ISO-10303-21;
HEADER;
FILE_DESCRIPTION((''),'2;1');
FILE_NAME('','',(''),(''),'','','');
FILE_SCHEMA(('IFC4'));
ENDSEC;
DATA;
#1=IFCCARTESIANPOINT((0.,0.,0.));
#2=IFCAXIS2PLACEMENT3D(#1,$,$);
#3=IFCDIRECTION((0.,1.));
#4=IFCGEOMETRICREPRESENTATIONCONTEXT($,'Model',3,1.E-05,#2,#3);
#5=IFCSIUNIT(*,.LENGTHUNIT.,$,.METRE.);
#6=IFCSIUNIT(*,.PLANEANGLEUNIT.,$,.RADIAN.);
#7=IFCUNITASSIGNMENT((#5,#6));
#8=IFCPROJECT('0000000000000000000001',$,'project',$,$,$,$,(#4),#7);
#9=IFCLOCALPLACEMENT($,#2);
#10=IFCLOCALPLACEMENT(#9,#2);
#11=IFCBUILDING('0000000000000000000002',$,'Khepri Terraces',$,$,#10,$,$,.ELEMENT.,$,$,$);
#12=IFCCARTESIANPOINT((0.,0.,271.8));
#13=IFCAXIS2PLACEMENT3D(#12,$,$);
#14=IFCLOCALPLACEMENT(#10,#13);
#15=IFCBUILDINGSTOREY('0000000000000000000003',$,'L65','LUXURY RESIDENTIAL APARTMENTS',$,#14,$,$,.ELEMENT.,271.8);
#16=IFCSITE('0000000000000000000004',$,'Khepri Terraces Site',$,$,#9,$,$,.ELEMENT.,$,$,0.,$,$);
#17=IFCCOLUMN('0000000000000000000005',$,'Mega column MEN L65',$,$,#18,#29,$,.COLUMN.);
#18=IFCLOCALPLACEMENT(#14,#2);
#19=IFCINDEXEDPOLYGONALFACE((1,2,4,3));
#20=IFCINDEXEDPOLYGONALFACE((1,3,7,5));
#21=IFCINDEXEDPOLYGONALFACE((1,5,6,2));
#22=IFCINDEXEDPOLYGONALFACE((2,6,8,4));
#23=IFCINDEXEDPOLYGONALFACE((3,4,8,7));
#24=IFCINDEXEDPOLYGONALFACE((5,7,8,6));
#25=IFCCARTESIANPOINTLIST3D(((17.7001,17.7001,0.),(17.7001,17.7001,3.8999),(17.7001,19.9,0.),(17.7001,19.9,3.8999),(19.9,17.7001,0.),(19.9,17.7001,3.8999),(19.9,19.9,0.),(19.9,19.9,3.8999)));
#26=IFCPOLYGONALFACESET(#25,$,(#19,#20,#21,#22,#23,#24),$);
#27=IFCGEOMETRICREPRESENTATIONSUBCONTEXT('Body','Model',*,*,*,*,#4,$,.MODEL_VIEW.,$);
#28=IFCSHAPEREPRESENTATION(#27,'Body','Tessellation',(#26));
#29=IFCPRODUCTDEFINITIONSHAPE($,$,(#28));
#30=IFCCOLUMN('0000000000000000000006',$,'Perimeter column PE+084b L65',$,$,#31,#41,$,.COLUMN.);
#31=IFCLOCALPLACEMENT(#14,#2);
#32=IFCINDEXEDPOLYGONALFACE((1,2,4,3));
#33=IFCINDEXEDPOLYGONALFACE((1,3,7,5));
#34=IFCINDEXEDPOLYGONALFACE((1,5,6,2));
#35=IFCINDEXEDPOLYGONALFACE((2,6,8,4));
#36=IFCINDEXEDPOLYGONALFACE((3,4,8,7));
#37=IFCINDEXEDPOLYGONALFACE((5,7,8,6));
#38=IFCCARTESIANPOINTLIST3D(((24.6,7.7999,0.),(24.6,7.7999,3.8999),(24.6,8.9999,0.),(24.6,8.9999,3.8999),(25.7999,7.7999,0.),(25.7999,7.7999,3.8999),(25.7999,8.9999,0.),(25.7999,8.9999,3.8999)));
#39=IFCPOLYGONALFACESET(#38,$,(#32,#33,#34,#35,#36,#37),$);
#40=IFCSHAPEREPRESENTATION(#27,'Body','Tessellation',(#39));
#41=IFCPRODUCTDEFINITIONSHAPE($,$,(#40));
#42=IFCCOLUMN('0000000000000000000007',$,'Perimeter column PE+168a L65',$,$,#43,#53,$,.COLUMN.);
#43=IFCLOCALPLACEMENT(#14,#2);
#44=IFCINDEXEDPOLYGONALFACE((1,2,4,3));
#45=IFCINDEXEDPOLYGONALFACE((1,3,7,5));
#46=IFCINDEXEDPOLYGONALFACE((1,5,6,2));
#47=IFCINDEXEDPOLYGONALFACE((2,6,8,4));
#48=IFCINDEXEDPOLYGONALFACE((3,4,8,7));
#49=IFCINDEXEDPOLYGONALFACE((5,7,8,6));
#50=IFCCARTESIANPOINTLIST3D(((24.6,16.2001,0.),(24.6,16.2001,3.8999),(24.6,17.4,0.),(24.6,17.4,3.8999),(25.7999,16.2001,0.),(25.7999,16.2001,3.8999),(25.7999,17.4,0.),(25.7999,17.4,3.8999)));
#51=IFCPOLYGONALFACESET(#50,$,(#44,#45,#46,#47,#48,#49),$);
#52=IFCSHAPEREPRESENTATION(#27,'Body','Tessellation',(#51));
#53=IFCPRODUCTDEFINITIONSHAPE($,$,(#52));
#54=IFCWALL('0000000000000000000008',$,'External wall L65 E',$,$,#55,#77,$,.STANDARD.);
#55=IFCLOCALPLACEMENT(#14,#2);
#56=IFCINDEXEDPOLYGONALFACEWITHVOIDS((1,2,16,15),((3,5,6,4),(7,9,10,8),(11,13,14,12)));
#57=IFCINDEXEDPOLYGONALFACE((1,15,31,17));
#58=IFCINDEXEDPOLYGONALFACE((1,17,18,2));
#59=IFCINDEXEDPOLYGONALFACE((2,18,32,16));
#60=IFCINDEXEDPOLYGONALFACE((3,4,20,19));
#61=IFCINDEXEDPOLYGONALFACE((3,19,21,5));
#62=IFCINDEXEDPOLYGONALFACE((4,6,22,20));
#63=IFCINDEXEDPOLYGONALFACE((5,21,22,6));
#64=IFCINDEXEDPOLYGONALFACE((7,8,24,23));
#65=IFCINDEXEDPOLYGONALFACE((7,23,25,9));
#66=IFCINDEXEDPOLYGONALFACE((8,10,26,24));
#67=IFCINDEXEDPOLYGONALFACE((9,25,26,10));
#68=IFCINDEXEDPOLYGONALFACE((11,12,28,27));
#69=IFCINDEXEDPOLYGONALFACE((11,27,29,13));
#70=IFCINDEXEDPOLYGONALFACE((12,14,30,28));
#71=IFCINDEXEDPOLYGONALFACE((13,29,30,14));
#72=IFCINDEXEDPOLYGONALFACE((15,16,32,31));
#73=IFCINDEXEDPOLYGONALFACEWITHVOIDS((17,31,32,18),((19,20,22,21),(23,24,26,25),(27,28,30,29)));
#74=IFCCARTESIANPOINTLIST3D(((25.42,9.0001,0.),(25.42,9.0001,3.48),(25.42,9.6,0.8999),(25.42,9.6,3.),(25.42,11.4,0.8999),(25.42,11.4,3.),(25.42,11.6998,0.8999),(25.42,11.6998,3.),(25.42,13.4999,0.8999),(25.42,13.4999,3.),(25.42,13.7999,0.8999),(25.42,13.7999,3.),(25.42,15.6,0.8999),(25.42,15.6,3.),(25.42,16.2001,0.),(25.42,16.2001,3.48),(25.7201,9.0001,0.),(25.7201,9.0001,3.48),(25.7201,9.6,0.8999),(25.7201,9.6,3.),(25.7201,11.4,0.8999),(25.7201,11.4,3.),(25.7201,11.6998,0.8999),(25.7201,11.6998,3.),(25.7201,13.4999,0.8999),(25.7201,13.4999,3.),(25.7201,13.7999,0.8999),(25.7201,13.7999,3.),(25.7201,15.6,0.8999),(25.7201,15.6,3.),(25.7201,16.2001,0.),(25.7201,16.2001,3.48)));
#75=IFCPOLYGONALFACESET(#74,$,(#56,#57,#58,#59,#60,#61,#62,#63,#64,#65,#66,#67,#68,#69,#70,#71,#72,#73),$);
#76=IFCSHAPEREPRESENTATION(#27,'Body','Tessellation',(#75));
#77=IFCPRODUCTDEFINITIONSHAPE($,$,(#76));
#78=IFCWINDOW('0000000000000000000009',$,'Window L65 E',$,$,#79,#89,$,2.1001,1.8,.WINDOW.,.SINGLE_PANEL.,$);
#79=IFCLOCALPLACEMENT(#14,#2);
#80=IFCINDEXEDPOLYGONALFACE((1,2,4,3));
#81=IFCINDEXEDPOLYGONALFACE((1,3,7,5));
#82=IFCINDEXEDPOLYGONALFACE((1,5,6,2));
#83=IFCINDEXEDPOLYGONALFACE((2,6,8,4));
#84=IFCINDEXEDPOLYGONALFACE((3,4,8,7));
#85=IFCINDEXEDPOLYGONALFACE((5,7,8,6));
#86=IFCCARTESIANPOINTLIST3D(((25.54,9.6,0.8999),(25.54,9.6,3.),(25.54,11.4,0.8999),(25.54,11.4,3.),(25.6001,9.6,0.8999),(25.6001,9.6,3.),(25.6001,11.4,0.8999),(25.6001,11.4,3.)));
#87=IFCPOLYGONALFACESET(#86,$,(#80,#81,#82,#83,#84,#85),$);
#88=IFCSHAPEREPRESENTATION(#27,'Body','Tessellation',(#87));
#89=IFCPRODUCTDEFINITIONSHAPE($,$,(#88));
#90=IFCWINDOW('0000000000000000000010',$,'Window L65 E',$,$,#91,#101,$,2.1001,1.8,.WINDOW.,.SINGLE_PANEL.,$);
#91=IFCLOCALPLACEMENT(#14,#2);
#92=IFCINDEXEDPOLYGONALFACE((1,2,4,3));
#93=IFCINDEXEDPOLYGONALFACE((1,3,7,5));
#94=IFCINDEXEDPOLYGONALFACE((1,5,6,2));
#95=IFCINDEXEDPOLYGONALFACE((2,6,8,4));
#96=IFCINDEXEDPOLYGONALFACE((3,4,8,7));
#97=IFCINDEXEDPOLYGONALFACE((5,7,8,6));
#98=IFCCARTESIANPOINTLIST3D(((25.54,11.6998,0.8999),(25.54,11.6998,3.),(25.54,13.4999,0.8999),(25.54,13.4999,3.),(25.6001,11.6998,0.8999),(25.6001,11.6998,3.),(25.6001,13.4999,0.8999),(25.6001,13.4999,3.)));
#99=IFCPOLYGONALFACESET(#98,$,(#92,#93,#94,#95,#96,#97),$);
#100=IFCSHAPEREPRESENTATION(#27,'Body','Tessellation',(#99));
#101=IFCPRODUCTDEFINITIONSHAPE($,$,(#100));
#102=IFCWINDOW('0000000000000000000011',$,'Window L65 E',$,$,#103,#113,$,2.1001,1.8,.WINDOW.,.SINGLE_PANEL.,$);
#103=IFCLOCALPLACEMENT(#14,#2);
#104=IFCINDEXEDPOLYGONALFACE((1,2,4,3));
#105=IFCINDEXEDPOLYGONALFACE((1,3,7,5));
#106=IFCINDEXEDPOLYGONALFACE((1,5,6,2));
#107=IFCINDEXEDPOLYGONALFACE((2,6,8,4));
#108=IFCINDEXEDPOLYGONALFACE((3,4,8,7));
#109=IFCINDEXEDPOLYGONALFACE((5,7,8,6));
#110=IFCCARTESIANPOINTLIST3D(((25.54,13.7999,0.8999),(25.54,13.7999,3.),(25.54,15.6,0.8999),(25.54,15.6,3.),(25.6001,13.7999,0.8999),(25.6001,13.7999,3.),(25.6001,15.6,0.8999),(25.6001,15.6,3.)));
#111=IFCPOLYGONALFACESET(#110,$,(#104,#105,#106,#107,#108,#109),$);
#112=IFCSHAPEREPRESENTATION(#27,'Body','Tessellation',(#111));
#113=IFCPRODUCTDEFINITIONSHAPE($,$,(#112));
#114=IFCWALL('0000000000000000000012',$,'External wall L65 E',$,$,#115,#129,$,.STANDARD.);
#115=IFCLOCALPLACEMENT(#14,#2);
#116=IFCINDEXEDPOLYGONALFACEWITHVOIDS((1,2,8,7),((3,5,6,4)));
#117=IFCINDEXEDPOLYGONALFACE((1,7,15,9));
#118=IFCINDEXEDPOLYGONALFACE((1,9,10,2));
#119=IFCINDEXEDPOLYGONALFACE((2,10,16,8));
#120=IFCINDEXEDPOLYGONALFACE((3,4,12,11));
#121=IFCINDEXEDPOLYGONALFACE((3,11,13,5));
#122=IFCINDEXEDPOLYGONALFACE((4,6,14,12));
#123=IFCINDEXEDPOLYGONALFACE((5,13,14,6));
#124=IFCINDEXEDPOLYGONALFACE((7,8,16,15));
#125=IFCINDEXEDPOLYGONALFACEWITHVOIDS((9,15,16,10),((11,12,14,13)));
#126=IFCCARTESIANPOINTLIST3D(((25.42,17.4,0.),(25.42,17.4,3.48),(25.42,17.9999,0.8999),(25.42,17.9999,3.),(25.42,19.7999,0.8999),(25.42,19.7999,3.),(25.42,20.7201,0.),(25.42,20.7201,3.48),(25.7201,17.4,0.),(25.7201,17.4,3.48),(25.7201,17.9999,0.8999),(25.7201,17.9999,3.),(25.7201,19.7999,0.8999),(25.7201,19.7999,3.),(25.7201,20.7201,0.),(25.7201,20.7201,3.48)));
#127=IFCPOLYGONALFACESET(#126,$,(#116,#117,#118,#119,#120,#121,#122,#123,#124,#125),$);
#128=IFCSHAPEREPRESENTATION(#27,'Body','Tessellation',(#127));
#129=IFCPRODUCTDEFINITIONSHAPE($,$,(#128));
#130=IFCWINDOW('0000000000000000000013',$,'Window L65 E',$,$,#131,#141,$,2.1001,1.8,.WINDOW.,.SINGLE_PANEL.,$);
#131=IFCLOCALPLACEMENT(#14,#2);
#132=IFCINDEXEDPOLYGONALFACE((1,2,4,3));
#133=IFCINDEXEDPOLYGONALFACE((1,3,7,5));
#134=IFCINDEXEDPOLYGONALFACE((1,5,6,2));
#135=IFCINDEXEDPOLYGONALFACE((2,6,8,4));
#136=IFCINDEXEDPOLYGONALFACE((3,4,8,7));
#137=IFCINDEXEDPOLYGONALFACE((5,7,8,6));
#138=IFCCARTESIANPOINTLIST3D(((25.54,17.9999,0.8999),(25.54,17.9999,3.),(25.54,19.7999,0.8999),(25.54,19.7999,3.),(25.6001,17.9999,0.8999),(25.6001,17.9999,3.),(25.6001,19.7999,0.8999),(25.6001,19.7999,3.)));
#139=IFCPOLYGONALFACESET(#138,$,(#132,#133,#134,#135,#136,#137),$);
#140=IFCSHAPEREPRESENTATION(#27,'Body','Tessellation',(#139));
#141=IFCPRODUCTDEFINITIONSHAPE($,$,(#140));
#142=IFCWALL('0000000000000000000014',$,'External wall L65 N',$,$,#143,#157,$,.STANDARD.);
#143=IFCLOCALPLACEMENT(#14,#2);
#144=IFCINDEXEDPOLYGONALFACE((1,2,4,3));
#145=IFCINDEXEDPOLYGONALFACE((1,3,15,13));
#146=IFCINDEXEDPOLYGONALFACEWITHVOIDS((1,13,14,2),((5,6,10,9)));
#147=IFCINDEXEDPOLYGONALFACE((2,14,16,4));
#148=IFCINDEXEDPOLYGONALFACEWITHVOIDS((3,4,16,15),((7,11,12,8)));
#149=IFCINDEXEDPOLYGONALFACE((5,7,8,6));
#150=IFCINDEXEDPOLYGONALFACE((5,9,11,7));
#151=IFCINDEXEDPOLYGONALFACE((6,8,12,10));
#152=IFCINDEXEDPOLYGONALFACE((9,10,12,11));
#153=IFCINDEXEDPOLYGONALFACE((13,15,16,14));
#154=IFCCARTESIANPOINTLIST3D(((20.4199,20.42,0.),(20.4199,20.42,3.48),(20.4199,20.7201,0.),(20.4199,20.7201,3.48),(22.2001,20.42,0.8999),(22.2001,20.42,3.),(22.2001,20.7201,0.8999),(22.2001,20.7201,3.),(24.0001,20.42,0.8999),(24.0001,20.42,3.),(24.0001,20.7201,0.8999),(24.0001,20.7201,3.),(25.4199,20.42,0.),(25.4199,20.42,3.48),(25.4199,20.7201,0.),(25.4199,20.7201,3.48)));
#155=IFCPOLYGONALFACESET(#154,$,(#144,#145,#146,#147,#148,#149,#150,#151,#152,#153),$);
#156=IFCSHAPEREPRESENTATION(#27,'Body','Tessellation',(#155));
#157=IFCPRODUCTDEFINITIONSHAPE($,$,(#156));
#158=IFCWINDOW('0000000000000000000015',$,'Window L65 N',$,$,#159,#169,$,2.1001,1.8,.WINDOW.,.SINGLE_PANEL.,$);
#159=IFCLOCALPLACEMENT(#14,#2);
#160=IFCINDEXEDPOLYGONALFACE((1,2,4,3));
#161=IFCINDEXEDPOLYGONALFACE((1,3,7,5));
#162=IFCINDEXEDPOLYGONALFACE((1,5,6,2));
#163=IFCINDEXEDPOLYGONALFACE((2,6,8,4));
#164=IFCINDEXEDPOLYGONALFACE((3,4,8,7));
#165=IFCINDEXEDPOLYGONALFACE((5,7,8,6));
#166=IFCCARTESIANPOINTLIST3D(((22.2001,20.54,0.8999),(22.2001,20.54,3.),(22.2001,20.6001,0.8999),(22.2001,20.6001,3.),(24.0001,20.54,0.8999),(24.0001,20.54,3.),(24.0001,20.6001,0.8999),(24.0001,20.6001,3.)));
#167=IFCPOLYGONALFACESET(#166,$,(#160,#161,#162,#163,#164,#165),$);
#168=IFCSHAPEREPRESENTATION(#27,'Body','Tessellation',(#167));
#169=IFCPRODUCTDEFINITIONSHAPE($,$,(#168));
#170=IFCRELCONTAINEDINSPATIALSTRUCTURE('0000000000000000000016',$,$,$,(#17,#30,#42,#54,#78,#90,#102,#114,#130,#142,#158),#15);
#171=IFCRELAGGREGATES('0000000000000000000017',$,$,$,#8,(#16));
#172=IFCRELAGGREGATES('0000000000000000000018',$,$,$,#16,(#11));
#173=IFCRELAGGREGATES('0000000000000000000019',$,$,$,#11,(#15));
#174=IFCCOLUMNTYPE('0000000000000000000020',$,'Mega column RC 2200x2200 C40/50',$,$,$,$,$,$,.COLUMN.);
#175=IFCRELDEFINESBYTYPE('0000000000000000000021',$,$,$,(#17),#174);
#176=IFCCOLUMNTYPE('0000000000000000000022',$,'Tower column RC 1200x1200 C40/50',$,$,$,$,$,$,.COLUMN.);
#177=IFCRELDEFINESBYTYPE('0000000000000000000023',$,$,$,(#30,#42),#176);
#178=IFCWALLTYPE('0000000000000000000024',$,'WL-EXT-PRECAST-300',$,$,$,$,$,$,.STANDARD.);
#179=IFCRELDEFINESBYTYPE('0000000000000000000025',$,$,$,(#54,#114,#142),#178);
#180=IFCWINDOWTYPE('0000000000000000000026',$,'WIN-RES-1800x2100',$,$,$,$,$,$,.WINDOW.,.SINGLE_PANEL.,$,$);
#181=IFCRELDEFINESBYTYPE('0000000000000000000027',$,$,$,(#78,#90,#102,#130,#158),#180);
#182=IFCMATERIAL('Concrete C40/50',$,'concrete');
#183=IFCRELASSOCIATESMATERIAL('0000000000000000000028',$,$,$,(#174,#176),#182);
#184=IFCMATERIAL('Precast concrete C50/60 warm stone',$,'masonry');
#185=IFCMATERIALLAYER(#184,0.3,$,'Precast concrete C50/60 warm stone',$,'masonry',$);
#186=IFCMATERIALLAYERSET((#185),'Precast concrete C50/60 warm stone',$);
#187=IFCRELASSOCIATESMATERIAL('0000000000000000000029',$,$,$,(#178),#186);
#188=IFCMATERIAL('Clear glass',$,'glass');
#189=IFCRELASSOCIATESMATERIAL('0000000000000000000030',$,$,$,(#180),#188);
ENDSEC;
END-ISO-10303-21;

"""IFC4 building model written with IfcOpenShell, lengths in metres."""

from ifc_helpers import new_model, si_unit, direction, frame, frame_2d, origin, origin_2d, place, context, subcontext, project, spatial, rectangle, extrude, material, layer, layer_set, material_profile, profile_set, type_object, element, fill, save


model = new_model("IFC4")

# Units and contexts
model_context = context("Model", 3, precision=1e-05, world=origin(), true_north=direction((0.0, 1.0)))
body_context = subcontext(model_context, "Body", "Model", "MODEL_VIEW")
ifc_project = project(units=[si_unit("LENGTHUNIT", "METRE"), si_unit("PLANEANGLEUNIT", "RADIAN")], contexts=[model_context])

# Site, building, storey
site_placement = place(None, origin())
site = spatial("IfcSite", under=ifc_project, at=site_placement, Name="Khepri Terraces Site", CompositionType="ELEMENT", RefElevation=0.0)
building_placement = place(site_placement, origin())
building = spatial("IfcBuilding", under=site, at=building_placement, Name="Khepri Terraces", CompositionType="ELEMENT")
storey_placement = place(building_placement, frame((0.0, 0.0, 271.8)))
storey = spatial("IfcBuildingStorey", under=building, at=storey_placement, Name="L65", Description="LUXURY RESIDENTIAL APARTMENTS", CompositionType="ELEMENT", Elevation=271.8)

# Columns
ifc_material_1 = material(Name="Concrete C40/50", Category="concrete")
ifc_material_profile_1 = material_profile(ifc_material_1, rectangle(XDim=2.2, YDim=2.2, at=origin_2d()), Name="Concrete C40/50", Category="concrete")
ifc_profile_set_1 = profile_set([ifc_material_profile_1], Name="Concrete C40/50")
column_type_1 = type_object("IfcColumnType", Name="Mega column RC 2200x2200 C40/50", PredefinedType="COLUMN", material=ifc_profile_set_1)
column_placement = place(storey_placement, frame((18.8, 18.8, 0.0), z_axis=(0.0, 0.0, 1.0), x_axis=(1.0, 0.0, 0.0)))
element("IfcColumn", 1, at=column_placement, inside=storey, type_object=column_type_1, Name="Mega column MEN L65", PredefinedType="COLUMN", context=body_context, shape_type="SweptSolid", body=[
    extrude(rectangle(XDim=2.2, YDim=2.2, at=origin_2d()), origin(), (0.0, 0.0, 1.0), 3.8999),
])
ifc_material_profile_2 = material_profile(ifc_material_1, rectangle(XDim=1.2, YDim=1.2, at=origin_2d()), Name="Concrete C40/50", Category="concrete")
ifc_profile_set_2 = profile_set([ifc_material_profile_2], Name="Concrete C40/50")
column_type_2 = type_object("IfcColumnType", Name="Tower column RC 1200x1200 C40/50", PredefinedType="COLUMN", material=ifc_profile_set_2)
for number, where, z_axis, x_axis, name in (
    (2, (25.2, 8.3999, 0.0), (0.0, 0.0, 1.0), (1.0, 0.0, 0.0), "Perimeter column PE+084b L65"),
    (3, (25.2, 16.8, 0.0), (0.0, 0.0, 1.0), (1.0, 0.0, 0.0), "Perimeter column PE+168a L65"),
):
    element("IfcColumn", number, at=place(storey_placement, frame(where, z_axis=z_axis, x_axis=x_axis)), inside=storey, type_object=column_type_2, Name=name, PredefinedType="COLUMN", context=body_context, shape_type="SweptSolid", body=[
        extrude(rectangle(XDim=1.2, YDim=1.2, at=origin_2d()), origin(), (0.0, 0.0, 1.0), 3.8999),
    ])

# Wall, openings, windows
ifc_material_2 = material(Name="Precast concrete C50/60 warm stone", Category="masonry")
ifc_layer_1 = layer(ifc_material_2, 0.3, Name="Precast concrete C50/60 warm stone", Category="masonry")
ifc_layer_set_1 = layer_set([ifc_layer_1], Name="Precast concrete C50/60 warm stone")
wall_type_1 = type_object("IfcWallType", Name="WL-EXT-PRECAST-300", PredefinedType="STANDARD", material=ifc_layer_set_1)
wall_1_placement = place(storey_placement, frame((25.5701, 9.0, 0.0), z_axis=(0.0, 0.0, 1.0), x_axis=(0.0, 1.0, 0.0)))
wall_1 = element("IfcWall", 4, at=wall_1_placement, inside=storey, type_object=wall_type_1, Name="External wall L65 E", PredefinedType="STANDARD", context=body_context, shape_type="SweptSolid", body=[
    extrude(rectangle(XDim=7.2, YDim=0.3, at=frame_2d((3.6001, 0.0))), origin(), (0.0, 0.0, 1.0), 3.48),
])
opening_1_placement = place(wall_1_placement, frame((0.6001, 0.0, 0.8999)))
opening_1 = element("IfcOpeningElement", 5, at=opening_1_placement, cuts=wall_1, PredefinedType="OPENING", context=body_context, shape_type="SweptSolid", body=[
    extrude(rectangle(XDim=1.8, YDim=2.1001, at=frame_2d((0.8999, 1.05))), frame((0.0, 0.1602, 0.0), z_axis=(0.0, -1.0, 0.0), x_axis=(1.0, 0.0, 0.0)), (0.0, 0.0, 1.0), 0.3201),
])
opening_2_placement = place(wall_1_placement, frame((2.7, 0.0, 0.8999)))
opening_2 = element("IfcOpeningElement", 6, at=opening_2_placement, cuts=wall_1, PredefinedType="OPENING", context=body_context, shape_type="SweptSolid", body=[
    extrude(rectangle(XDim=1.8, YDim=2.1001, at=frame_2d((0.8999, 1.05))), frame((0.0, 0.1602, 0.0), z_axis=(0.0, -1.0, 0.0), x_axis=(1.0, 0.0, 0.0)), (0.0, 0.0, 1.0), 0.3201),
])
opening_3_placement = place(wall_1_placement, frame((4.8, 0.0, 0.8999)))
opening_3 = element("IfcOpeningElement", 7, at=opening_3_placement, cuts=wall_1, PredefinedType="OPENING", context=body_context, shape_type="SweptSolid", body=[
    extrude(rectangle(XDim=1.8, YDim=2.1001, at=frame_2d((0.8999, 1.05))), frame((0.0, 0.1602, 0.0), z_axis=(0.0, -1.0, 0.0), x_axis=(1.0, 0.0, 0.0)), (0.0, 0.0, 1.0), 0.3201),
])
ifc_material_3 = material(Name="Clear glass", Category="glass")
window_type = type_object("IfcWindowType", Name="WIN-RES-1800x2100", PartitioningType="SINGLE_PANEL", PredefinedType="WINDOW", material=ifc_material_3)
window_1_placement = place(opening_1_placement, origin())
window_1 = element("IfcWindow", 8, at=window_1_placement, inside=storey, type_object=window_type, Name="Window L65 E", OverallHeight=2.1001, OverallWidth=1.8, PartitioningType="SINGLE_PANEL", PredefinedType="WINDOW", context=body_context, shape_type="SweptSolid", body=[
    extrude(rectangle(XDim=1.8, YDim=2.1001, at=frame_2d((0.8999, 1.05))), frame((0.0, 0.03, 0.0), z_axis=(0.0, -1.0, 0.0), x_axis=(1.0, 0.0, 0.0)), (0.0, 0.0, 1.0), 0.0601),
])
fill(opening_1, window_1)
window_2_placement = place(opening_2_placement, origin())
window_2 = element("IfcWindow", 9, at=window_2_placement, inside=storey, type_object=window_type, Name="Window L65 E", OverallHeight=2.1001, OverallWidth=1.8, PartitioningType="SINGLE_PANEL", PredefinedType="WINDOW", context=body_context, shape_type="SweptSolid", body=[
    extrude(rectangle(XDim=1.8, YDim=2.1001, at=frame_2d((0.8999, 1.05))), frame((0.0, 0.03, 0.0), z_axis=(0.0, -1.0, 0.0), x_axis=(1.0, 0.0, 0.0)), (0.0, 0.0, 1.0), 0.0601),
])
fill(opening_2, window_2)
window_3_placement = place(opening_3_placement, origin())
window_3 = element("IfcWindow", 10, at=window_3_placement, inside=storey, type_object=window_type, Name="Window L65 E", OverallHeight=2.1001, OverallWidth=1.8, PartitioningType="SINGLE_PANEL", PredefinedType="WINDOW", context=body_context, shape_type="SweptSolid", body=[
    extrude(rectangle(XDim=1.8, YDim=2.1001, at=frame_2d((0.8999, 1.05))), frame((0.0, 0.03, 0.0), z_axis=(0.0, -1.0, 0.0), x_axis=(1.0, 0.0, 0.0)), (0.0, 0.0, 1.0), 0.0601),
])
fill(opening_3, window_3)

# Walls, openings, windows
wall_2_placement = place(storey_placement, frame((25.5701, 17.3999, 0.0), z_axis=(0.0, 0.0, 1.0), x_axis=(0.0, 1.0, 0.0)))
wall_2 = element("IfcWall", 11, at=wall_2_placement, inside=storey, type_object=wall_type_1, Name="External wall L65 E", PredefinedType="STANDARD", context=body_context, shape_type="SweptSolid", body=[
    extrude(rectangle(XDim=3.3201, YDim=0.3, at=frame_2d((1.6602, 0.0))), origin(), (0.0, 0.0, 1.0), 3.48),
])
opening_4_placement = place(wall_2_placement, frame((0.6001, 0.0, 0.8999)))
opening_4 = element("IfcOpeningElement", 12, at=opening_4_placement, cuts=wall_2, PredefinedType="OPENING", context=body_context, shape_type="SweptSolid", body=[
    extrude(rectangle(XDim=1.8, YDim=2.1001, at=frame_2d((0.8999, 1.05))), frame((0.0, 0.1602, 0.0), z_axis=(0.0, -1.0, 0.0), x_axis=(1.0, 0.0, 0.0)), (0.0, 0.0, 1.0), 0.3201),
])
window_4_placement = place(opening_4_placement, origin())
window_4 = element("IfcWindow", 13, at=window_4_placement, inside=storey, type_object=window_type, Name="Window L65 E", OverallHeight=2.1001, OverallWidth=1.8, PartitioningType="SINGLE_PANEL", PredefinedType="WINDOW", context=body_context, shape_type="SweptSolid", body=[
    extrude(rectangle(XDim=1.8, YDim=2.1001, at=frame_2d((0.8999, 1.05))), frame((0.0, 0.03, 0.0), z_axis=(0.0, -1.0, 0.0), x_axis=(1.0, 0.0, 0.0)), (0.0, 0.0, 1.0), 0.0601),
])
fill(opening_4, window_4)
wall_3_placement = place(storey_placement, frame((25.4199, 20.5701, 0.0), z_axis=(0.0, 0.0, 1.0), x_axis=(-1.0, 0.0, 0.0)))
wall_3 = element("IfcWall", 14, at=wall_3_placement, inside=storey, type_object=wall_type_1, Name="External wall L65 N", PredefinedType="STANDARD", context=body_context, shape_type="SweptSolid", body=[
    extrude(rectangle(XDim=5.0, YDim=0.3, at=frame_2d((2.5, 0.0))), origin(), (0.0, 0.0, 1.0), 3.48),
])
opening_5_placement = place(wall_3_placement, frame((1.4199, 0.0, 0.8999)))
opening_5 = element("IfcOpeningElement", 15, at=opening_5_placement, cuts=wall_3, PredefinedType="OPENING", context=body_context, shape_type="SweptSolid", body=[
    extrude(rectangle(XDim=1.8, YDim=2.1001, at=frame_2d((0.8999, 1.05))), frame((0.0, 0.1602, 0.0), z_axis=(0.0, -1.0, 0.0), x_axis=(1.0, 0.0, 0.0)), (0.0, 0.0, 1.0), 0.3201),
])
window_5_placement = place(opening_5_placement, origin())
window_5 = element("IfcWindow", 16, at=window_5_placement, inside=storey, type_object=window_type, Name="Window L65 N", OverallHeight=2.1001, OverallWidth=1.8, PartitioningType="SINGLE_PANEL", PredefinedType="WINDOW", context=body_context, shape_type="SweptSolid", body=[
    extrude(rectangle(XDim=1.8, YDim=2.1001, at=frame_2d((0.8999, 1.05))), frame((0.0, 0.03, 0.0), z_axis=(0.0, -1.0, 0.0), x_axis=(1.0, 0.0, 0.0)), (0.0, 0.0, 1.0), 0.0601),
])
fill(opening_5, window_5)

save(model, "model.ifc")
